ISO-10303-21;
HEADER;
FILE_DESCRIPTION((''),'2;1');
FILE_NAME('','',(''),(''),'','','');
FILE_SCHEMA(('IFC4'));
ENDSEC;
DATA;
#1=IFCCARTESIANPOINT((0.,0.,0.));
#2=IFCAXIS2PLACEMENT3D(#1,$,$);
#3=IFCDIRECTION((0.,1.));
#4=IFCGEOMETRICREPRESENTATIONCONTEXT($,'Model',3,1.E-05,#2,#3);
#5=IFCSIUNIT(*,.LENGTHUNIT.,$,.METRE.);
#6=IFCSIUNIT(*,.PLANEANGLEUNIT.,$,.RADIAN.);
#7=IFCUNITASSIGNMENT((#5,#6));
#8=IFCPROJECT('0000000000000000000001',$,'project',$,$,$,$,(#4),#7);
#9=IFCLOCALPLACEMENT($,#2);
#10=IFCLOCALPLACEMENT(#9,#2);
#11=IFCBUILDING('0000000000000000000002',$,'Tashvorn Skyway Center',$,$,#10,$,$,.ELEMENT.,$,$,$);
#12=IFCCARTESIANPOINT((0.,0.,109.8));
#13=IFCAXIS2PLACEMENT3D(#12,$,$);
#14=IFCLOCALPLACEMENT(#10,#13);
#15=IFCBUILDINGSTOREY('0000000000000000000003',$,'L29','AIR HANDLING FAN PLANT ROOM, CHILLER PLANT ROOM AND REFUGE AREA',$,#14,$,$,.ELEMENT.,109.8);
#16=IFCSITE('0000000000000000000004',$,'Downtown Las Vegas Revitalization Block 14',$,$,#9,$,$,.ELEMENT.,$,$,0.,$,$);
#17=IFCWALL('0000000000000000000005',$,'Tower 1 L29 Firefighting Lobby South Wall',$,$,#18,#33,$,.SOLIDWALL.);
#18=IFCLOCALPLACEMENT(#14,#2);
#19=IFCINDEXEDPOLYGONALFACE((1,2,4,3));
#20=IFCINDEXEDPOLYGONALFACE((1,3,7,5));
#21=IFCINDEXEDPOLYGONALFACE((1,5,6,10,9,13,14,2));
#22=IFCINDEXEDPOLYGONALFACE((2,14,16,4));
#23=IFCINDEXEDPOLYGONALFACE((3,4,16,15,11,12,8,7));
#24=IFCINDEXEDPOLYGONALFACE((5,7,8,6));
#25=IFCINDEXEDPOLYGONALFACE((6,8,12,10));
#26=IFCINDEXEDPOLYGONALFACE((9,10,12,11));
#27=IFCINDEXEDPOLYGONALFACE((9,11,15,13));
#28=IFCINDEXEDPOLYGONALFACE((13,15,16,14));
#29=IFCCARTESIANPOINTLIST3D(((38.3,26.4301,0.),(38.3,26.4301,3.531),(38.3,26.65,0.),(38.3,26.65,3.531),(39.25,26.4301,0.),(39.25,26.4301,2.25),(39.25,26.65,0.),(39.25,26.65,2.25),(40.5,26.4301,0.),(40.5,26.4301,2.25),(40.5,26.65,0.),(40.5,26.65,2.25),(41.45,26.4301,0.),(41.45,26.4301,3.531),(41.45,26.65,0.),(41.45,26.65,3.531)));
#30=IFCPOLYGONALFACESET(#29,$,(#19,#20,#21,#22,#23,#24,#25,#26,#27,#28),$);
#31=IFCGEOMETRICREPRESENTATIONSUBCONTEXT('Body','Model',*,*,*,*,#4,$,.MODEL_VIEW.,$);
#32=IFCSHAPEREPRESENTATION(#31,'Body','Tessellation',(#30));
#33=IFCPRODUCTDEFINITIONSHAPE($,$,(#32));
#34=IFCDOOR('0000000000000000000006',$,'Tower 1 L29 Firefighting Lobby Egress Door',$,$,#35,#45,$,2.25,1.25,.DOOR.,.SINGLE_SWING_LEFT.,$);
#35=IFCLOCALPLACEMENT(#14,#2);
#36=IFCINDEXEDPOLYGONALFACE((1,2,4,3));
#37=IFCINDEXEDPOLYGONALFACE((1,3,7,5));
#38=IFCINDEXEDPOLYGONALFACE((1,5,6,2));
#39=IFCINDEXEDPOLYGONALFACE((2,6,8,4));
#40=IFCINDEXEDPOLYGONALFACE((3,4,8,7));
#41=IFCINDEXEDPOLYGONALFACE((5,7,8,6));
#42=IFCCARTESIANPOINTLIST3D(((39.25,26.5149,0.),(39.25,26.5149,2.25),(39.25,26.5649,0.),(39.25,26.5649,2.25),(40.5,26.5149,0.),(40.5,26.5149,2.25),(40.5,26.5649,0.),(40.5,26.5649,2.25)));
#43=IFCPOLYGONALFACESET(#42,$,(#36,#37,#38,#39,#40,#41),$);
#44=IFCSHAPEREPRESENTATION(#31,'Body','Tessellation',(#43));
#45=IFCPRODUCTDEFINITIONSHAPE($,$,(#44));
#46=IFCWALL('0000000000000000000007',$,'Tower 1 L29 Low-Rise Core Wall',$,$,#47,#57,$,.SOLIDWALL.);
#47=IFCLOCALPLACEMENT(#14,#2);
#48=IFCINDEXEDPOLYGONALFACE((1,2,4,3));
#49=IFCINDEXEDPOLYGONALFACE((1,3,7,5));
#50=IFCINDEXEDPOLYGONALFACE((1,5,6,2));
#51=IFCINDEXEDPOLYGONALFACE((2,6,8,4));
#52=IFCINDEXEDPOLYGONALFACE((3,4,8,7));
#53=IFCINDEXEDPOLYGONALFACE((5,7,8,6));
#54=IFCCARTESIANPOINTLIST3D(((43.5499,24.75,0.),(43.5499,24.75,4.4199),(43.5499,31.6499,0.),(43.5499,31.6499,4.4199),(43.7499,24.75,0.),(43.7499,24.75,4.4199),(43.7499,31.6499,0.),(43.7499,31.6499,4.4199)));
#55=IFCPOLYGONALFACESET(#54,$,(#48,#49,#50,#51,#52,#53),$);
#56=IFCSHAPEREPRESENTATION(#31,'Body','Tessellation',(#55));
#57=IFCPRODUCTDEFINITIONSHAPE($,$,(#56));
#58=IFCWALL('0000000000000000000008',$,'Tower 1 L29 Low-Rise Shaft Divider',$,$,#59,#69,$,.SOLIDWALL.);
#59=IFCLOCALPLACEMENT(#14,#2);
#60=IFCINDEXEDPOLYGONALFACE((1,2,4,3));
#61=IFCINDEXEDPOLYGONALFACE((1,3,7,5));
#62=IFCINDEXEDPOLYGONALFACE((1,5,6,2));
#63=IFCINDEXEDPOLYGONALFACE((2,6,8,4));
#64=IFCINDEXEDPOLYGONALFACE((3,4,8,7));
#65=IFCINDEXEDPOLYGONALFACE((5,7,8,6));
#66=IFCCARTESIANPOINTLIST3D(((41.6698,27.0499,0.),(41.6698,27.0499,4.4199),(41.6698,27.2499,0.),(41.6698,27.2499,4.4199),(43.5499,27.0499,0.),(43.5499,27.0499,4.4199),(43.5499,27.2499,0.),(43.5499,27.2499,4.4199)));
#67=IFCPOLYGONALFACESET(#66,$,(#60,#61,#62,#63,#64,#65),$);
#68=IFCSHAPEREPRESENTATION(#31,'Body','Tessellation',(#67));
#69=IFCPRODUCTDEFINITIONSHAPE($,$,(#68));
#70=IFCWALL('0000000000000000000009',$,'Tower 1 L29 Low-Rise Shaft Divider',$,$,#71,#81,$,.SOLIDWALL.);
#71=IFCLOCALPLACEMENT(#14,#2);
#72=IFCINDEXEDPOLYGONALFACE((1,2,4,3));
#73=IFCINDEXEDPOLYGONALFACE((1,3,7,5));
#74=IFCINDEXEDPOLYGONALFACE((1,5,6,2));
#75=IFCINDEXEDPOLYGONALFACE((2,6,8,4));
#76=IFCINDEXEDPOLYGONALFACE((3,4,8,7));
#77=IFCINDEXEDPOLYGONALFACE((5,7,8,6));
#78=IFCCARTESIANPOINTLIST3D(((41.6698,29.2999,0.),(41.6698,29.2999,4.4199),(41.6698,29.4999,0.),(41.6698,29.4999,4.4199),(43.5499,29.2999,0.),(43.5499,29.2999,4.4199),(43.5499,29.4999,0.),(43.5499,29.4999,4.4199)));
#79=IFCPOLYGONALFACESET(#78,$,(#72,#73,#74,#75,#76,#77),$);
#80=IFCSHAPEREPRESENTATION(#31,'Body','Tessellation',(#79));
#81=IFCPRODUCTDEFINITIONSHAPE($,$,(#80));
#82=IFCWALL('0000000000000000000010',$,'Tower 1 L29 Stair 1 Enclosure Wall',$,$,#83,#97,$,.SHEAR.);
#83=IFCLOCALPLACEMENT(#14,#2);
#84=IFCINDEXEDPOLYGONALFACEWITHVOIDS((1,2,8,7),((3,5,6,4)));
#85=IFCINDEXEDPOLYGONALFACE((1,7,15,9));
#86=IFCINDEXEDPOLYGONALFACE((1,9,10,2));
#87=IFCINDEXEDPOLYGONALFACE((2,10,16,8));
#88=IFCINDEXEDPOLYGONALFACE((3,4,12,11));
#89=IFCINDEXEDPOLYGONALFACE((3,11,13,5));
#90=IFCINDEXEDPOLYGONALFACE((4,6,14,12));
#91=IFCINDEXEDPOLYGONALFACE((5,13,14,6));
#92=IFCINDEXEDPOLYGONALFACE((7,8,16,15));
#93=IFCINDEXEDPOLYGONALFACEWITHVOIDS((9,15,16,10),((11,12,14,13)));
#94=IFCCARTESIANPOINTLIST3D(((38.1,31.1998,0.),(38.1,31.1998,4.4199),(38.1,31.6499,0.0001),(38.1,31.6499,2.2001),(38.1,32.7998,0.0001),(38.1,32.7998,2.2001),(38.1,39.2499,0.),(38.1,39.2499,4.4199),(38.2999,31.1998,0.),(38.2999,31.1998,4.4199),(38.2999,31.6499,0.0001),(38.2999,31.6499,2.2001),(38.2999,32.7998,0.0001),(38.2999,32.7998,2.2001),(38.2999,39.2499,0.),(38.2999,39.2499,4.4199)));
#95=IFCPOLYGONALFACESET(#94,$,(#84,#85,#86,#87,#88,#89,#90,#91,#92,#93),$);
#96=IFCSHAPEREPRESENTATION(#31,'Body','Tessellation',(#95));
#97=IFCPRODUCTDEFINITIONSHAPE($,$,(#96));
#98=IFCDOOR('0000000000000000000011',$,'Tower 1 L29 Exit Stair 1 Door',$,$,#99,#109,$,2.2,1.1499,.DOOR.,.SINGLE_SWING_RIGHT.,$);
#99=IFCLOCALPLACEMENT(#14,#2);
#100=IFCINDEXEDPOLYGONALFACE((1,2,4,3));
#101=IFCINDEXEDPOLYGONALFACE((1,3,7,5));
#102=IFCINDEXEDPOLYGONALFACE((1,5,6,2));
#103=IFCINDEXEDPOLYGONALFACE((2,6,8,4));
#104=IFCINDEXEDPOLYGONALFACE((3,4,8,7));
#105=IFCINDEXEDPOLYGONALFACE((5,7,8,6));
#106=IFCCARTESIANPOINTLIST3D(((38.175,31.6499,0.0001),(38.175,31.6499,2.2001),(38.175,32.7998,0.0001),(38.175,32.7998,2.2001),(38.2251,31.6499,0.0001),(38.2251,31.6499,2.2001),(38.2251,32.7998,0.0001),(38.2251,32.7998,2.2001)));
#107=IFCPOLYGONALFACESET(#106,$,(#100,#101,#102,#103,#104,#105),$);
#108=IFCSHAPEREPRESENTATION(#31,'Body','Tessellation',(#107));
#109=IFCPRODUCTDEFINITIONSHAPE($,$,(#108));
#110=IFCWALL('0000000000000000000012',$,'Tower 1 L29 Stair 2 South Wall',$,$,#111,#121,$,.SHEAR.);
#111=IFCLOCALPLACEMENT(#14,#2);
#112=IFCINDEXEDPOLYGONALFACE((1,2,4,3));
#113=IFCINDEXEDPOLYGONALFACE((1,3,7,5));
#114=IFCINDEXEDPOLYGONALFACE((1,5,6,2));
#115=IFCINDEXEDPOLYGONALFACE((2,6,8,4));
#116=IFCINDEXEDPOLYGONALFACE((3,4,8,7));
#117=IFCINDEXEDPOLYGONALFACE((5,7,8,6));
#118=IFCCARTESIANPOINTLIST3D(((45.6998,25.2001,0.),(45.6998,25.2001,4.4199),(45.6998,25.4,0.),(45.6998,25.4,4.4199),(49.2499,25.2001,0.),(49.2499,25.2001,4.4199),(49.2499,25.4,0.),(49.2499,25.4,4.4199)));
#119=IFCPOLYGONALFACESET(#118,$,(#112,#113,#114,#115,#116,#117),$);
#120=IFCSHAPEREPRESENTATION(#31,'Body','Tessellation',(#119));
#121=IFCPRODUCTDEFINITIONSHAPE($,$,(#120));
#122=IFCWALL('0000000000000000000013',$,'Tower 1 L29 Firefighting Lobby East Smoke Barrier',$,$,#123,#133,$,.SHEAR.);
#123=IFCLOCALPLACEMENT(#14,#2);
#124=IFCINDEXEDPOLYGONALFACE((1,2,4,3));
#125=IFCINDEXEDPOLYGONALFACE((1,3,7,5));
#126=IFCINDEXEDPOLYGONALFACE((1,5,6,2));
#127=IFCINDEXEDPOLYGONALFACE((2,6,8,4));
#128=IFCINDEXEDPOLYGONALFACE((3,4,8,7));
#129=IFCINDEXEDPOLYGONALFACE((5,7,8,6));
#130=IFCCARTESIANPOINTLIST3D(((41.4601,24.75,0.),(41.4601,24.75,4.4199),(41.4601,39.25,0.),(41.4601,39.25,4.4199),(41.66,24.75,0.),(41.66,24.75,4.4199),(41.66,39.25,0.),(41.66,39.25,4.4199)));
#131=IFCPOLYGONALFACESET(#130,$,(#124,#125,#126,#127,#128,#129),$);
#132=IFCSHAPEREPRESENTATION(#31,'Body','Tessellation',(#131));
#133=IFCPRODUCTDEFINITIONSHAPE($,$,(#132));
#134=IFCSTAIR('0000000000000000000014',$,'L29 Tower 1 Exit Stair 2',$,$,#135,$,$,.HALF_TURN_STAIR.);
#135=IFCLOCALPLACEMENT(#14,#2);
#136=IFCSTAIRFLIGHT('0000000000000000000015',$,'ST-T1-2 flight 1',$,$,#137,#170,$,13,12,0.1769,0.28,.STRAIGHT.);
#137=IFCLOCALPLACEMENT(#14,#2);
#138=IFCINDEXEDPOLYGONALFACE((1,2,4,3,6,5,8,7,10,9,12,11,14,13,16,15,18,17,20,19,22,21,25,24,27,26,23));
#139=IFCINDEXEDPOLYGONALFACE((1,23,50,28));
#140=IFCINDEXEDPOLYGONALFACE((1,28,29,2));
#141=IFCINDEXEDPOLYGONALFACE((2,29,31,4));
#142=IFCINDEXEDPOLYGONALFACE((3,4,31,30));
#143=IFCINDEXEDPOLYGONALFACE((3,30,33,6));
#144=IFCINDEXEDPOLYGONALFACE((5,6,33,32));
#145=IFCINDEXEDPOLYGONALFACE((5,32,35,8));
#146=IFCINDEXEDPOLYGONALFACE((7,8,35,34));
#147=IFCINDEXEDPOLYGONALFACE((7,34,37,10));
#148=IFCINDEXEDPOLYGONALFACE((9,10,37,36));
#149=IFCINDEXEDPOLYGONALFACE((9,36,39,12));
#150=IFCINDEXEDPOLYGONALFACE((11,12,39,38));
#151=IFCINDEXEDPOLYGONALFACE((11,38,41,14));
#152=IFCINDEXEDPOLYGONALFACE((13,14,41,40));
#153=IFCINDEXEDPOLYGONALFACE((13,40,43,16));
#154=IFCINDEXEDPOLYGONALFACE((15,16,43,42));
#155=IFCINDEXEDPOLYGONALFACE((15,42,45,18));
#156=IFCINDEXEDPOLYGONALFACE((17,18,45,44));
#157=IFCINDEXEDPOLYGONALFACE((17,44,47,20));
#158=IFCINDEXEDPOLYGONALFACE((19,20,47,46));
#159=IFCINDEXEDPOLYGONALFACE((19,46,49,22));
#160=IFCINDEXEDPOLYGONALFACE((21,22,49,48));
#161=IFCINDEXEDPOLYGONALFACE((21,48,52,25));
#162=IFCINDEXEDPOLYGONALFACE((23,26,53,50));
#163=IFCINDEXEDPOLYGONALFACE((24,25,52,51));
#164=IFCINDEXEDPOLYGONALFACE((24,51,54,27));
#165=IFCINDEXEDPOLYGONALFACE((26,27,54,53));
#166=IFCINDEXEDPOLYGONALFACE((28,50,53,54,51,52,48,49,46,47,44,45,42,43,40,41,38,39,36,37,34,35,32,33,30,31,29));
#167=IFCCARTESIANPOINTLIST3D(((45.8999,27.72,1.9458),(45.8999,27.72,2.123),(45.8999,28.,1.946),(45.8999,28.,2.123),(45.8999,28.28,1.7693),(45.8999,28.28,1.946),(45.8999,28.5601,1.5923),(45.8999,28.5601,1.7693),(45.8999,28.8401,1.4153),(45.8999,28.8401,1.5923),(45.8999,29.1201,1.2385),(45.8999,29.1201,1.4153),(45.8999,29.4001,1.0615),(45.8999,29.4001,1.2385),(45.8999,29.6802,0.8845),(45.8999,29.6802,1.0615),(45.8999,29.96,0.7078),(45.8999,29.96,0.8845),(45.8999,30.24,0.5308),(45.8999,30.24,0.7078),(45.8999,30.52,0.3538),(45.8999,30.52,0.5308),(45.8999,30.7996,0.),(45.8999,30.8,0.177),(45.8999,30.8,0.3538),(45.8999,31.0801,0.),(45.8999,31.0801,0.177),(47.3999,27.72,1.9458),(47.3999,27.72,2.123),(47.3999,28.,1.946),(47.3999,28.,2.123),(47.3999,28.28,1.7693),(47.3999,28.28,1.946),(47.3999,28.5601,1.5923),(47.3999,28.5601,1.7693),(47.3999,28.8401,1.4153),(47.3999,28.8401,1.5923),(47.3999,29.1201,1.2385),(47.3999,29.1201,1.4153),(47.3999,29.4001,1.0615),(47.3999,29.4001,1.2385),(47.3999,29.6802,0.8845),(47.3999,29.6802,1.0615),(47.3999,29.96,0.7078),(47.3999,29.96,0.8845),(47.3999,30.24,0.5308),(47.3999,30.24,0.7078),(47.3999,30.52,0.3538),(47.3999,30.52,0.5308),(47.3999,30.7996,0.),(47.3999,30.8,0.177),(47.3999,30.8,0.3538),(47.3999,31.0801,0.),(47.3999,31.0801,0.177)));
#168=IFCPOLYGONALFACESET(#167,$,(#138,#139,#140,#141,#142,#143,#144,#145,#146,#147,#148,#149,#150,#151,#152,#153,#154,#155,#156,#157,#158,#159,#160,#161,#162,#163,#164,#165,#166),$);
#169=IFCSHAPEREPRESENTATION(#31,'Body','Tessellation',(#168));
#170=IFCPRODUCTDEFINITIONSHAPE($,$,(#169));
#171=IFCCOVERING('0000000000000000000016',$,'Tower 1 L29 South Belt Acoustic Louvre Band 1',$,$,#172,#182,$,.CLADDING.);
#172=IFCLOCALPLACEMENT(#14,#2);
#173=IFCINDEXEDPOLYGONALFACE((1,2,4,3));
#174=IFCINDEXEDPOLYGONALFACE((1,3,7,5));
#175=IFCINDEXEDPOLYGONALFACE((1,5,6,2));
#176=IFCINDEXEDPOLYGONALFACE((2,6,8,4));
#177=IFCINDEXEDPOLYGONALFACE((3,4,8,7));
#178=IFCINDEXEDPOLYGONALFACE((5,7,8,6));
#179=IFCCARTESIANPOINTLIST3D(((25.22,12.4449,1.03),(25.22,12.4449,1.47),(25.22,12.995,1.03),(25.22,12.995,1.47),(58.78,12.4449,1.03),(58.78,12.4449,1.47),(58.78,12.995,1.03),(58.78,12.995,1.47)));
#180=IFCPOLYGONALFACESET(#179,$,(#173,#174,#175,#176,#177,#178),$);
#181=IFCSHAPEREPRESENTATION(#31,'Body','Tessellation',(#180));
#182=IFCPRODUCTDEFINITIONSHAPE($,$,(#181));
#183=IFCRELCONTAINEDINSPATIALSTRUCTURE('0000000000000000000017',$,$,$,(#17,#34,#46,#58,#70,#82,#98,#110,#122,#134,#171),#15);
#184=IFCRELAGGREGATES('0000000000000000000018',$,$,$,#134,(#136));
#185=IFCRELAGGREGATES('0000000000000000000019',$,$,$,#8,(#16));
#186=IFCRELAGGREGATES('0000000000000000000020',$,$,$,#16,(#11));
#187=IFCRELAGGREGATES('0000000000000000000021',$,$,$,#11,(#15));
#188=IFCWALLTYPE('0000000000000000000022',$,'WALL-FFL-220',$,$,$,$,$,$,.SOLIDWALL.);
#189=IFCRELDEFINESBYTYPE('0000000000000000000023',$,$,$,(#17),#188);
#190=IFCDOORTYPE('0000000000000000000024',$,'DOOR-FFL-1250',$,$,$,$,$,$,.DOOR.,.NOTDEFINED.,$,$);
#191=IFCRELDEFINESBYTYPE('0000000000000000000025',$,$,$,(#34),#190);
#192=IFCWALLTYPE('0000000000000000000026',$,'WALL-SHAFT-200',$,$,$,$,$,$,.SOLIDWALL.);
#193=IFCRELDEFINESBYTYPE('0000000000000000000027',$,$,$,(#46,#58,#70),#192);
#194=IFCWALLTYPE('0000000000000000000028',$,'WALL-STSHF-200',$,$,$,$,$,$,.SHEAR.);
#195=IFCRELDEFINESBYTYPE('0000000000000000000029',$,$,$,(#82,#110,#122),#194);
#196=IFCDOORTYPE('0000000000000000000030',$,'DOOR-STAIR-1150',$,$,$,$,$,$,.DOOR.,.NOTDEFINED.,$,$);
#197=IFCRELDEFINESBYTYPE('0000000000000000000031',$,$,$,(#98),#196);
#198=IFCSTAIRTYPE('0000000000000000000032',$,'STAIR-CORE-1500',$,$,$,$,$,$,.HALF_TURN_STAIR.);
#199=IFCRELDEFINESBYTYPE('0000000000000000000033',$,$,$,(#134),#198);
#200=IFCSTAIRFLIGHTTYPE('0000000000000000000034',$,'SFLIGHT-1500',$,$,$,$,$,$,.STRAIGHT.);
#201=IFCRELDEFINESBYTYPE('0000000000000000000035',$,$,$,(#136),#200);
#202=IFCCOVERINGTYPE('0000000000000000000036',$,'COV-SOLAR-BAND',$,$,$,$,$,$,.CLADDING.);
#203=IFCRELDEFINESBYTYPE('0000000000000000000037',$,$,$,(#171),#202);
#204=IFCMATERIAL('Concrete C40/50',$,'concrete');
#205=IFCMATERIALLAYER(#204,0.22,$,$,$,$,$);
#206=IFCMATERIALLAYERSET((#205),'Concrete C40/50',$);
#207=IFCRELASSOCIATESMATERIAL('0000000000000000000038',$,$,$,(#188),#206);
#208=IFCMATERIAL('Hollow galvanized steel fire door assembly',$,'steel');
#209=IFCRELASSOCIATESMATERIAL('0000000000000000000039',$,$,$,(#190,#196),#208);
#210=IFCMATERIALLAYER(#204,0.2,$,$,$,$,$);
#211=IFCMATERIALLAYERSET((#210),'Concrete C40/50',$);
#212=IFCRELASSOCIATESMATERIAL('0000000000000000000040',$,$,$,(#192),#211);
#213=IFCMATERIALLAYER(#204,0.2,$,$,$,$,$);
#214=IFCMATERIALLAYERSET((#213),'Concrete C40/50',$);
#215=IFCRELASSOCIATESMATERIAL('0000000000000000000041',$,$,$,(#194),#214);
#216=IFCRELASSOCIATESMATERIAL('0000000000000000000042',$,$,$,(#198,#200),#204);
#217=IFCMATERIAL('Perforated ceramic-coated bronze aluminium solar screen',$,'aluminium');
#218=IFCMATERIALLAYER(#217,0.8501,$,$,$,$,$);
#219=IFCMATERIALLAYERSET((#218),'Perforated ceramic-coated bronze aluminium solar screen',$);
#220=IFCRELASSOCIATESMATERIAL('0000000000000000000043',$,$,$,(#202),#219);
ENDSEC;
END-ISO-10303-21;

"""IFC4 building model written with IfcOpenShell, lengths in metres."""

from ifc_helpers import new_model, si_unit, direction, frame, frame_2d, origin, origin_2d, place, context, subcontext, project, spatial, polyline, rectangle, outline, extrude, material, layer, layer_set, type_object, element, fill, aggregate, save


model = new_model("IFC4")

# Units and contexts
model_context = context("Model", 3, precision=1e-05, world=origin(), true_north=direction((0.0, 1.0)))
body_context = subcontext(model_context, "Body", "Model", "MODEL_VIEW")
ifc_project = project(units=[si_unit("LENGTHUNIT", "METRE"), si_unit("PLANEANGLEUNIT", "RADIAN")], contexts=[model_context])

# Site, building, storey
site_placement = place(None, origin())
site = spatial("IfcSite", under=ifc_project, at=site_placement, Name="Downtown Las Vegas Revitalization Block 14", CompositionType="ELEMENT", RefElevation=0.0)
building_placement = place(site_placement, origin())
building = spatial("IfcBuilding", under=site, at=building_placement, Name="Tashvorn Skyway Center", CompositionType="ELEMENT")
storey_placement = place(building_placement, frame((0.0, 0.0, 109.8)))
storey = spatial("IfcBuildingStorey", under=building, at=storey_placement, Name="L29", Description="AIR HANDLING FAN PLANT ROOM, CHILLER PLANT ROOM AND REFUGE AREA", CompositionType="ELEMENT", Elevation=109.8)

# Wall, opening, door
ifc_material_1 = material(Name="Concrete C40/50", Category="concrete")
ifc_layer_1 = layer(ifc_material_1, 0.22)
ifc_layer_set_1 = layer_set([ifc_layer_1], Name="Concrete C40/50")
wall_type_1 = type_object("IfcWallType", Name="WALL-FFL-220", PredefinedType="SOLIDWALL", material=ifc_layer_set_1)
wall_1_placement = place(storey_placement, frame((38.3, 26.54, 0.0), z_axis=(0.0, 0.0, 1.0), x_axis=(1.0, 0.0, 0.0)))
wall_1 = element("IfcWall", 1, at=wall_1_placement, inside=storey, type_object=wall_type_1, Name="Tower 1 L29 Firefighting Lobby South Wall", PredefinedType="SOLIDWALL", context=body_context, shape_type="SweptSolid", body=[
    extrude(rectangle(XDim=3.1499, YDim=0.22, at=frame_2d((1.575, 0.0))), origin(), (0.0, 0.0, 1.0), 3.531),
])
opening_1_placement = place(wall_1_placement, frame((0.95, 0.0, 0.0)))
opening_1 = element("IfcOpeningElement", 2, at=opening_1_placement, cuts=wall_1, PredefinedType="OPENING", context=body_context, shape_type="SweptSolid", body=[
    extrude(rectangle(XDim=1.25, YDim=2.25, at=frame_2d((0.625, 1.125))), frame((0.0, 0.1199, 0.0), z_axis=(0.0, -1.0, 0.0), x_axis=(1.0, 0.0, 0.0)), (0.0, 0.0, 1.0), 0.24),
])
ifc_material_2 = material(Name="Hollow galvanized steel fire door assembly", Category="steel")
door_type_1 = type_object("IfcDoorType", Name="DOOR-FFL-1250", OperationType="NOTDEFINED", PredefinedType="DOOR", material=ifc_material_2)
door_1_placement = place(opening_1_placement, origin())
door_1 = element("IfcDoor", 3, at=door_1_placement, inside=storey, type_object=door_type_1, Name="Tower 1 L29 Firefighting Lobby Egress Door", OperationType="SINGLE_SWING_LEFT", OverallHeight=2.25, OverallWidth=1.25, PredefinedType="DOOR", context=body_context, shape_type="SweptSolid", body=[
    extrude(rectangle(XDim=1.25, YDim=2.25, at=frame_2d((0.625, 1.125))), frame((0.0, 0.0249, 0.0), z_axis=(0.0, -1.0, 0.0), x_axis=(1.0, 0.0, 0.0)), (0.0, 0.0, 1.0), 0.05),
])
fill(opening_1, door_1)

# Walls
ifc_layer_2 = layer(ifc_material_1, 0.2)
ifc_layer_set_2 = layer_set([ifc_layer_2], Name="Concrete C40/50")
wall_type_2 = type_object("IfcWallType", Name="WALL-SHAFT-200", PredefinedType="SOLIDWALL", material=ifc_layer_set_2)
wall_2_placement = place(storey_placement, frame((43.6499, 24.75, 0.0), z_axis=(0.0, 0.0, 1.0), x_axis=(0.0, 1.0, 0.0)))
element("IfcWall", 4, at=wall_2_placement, inside=storey, type_object=wall_type_2, Name="Tower 1 L29 Low-Rise Core Wall", PredefinedType="SOLIDWALL", context=body_context, shape_type="SweptSolid", body=[
    extrude(rectangle(XDim=6.8999, YDim=0.2, at=frame_2d((3.45, 0.0))), origin(), (0.0, 0.0, 1.0), 4.4199),
])
for number, where, z_axis, x_axis, name in (
    (5, (41.6699, 27.1499, 0.0), (0.0, 0.0, 1.0), (1.0, 0.0, 0.0), "Tower 1 L29 Low-Rise Shaft Divider"),
    (6, (41.6699, 29.3999, 0.0), (0.0, 0.0, 1.0), (1.0, 0.0, 0.0), "Tower 1 L29 Low-Rise Shaft Divider"),
):
    element("IfcWall", number, at=place(storey_placement, frame(where, z_axis=z_axis, x_axis=x_axis)), inside=storey, type_object=wall_type_2, Name=name, PredefinedType="SOLIDWALL", context=body_context, shape_type="SweptSolid", body=[
        extrude(rectangle(XDim=1.8801, YDim=0.2, at=frame_2d((0.9399, 0.0))), origin(), (0.0, 0.0, 1.0), 4.4199),
    ])

# Wall, opening, door
ifc_layer_3 = layer(ifc_material_1, 0.2)
ifc_layer_set_3 = layer_set([ifc_layer_3], Name="Concrete C40/50")
wall_type_3 = type_object("IfcWallType", Name="WALL-STSHF-200", PredefinedType="SHEAR", material=ifc_layer_set_3)
wall_3_placement = place(storey_placement, frame((38.2, 31.2, 0.0), z_axis=(0.0, 0.0, 1.0), x_axis=(0.0, 1.0, 0.0)))
wall_3 = element("IfcWall", 7, at=wall_3_placement, inside=storey, type_object=wall_type_3, Name="Tower 1 L29 Stair 1 Enclosure Wall", PredefinedType="SHEAR", context=body_context, shape_type="SweptSolid", body=[
    extrude(rectangle(XDim=8.05, YDim=0.2, at=frame_2d((4.0249, 0.0))), origin(), (0.0, 0.0, 1.0), 4.4199),
])
opening_2_placement = place(wall_3_placement, frame((0.45, 0.0, 0.0)))
opening_2 = element("IfcOpeningElement", 8, at=opening_2_placement, cuts=wall_3, PredefinedType="OPENING", context=body_context, shape_type="SweptSolid", body=[
    extrude(rectangle(XDim=1.1499, YDim=2.2, at=frame_2d((0.575, 1.1001))), frame((0.0, 0.1099, 0.0), z_axis=(0.0, -1.0, 0.0), x_axis=(1.0, 0.0, 0.0)), (0.0, 0.0, 1.0), 0.22),
])
door_type_2 = type_object("IfcDoorType", Name="DOOR-STAIR-1150", OperationType="NOTDEFINED", PredefinedType="DOOR", material=ifc_material_2)
door_2_placement = place(opening_2_placement, origin())
door_2 = element("IfcDoor", 9, at=door_2_placement, inside=storey, type_object=door_type_2, Name="Tower 1 L29 Exit Stair 1 Door", OperationType="SINGLE_SWING_RIGHT", OverallHeight=2.2, OverallWidth=1.1499, PredefinedType="DOOR", context=body_context, shape_type="SweptSolid", body=[
    extrude(rectangle(XDim=1.1499, YDim=2.2, at=frame_2d((0.575, 1.1001))), frame((0.0, 0.0249, 0.0), z_axis=(0.0, -1.0, 0.0), x_axis=(1.0, 0.0, 0.0)), (0.0, 0.0, 1.0), 0.05),
])
fill(opening_2, door_2)

# Walls
wall_4_placement = place(storey_placement, frame((45.7, 25.3, 0.0), z_axis=(0.0, 0.0, 1.0), x_axis=(1.0, 0.0, 0.0)))
element("IfcWall", 10, at=wall_4_placement, inside=storey, type_object=wall_type_3, Name="Tower 1 L29 Stair 2 South Wall", PredefinedType="SHEAR", context=body_context, shape_type="SweptSolid", body=[
    extrude(rectangle(XDim=3.55, YDim=0.2, at=frame_2d((1.7749, 0.0))), origin(), (0.0, 0.0, 1.0), 4.4199),
])
wall_5_placement = place(storey_placement, frame((41.5601, 24.75, 0.0), z_axis=(0.0, 0.0, 1.0), x_axis=(0.0, 1.0, 0.0)))
element("IfcWall", 11, at=wall_5_placement, inside=storey, type_object=wall_type_3, Name="Tower 1 L29 Firefighting Lobby East Smoke Barrier", PredefinedType="SHEAR", context=body_context, shape_type="SweptSolid", body=[
    extrude(rectangle(XDim=14.5, YDim=0.2, at=frame_2d((7.25, 0.0))), origin(), (0.0, 0.0, 1.0), 4.4199),
])

# Stair, stair flight
stair_type = type_object("IfcStairType", Name="STAIR-CORE-1500", PredefinedType="HALF_TURN_STAIR", material=ifc_material_1)
stair_placement = place(storey_placement, origin())
stair = element("IfcStair", 12, at=stair_placement, inside=storey, type_object=stair_type, Name="L29 Tower 1 Exit Stair 2", PredefinedType="HALF_TURN_STAIR")
stair_flight_type = type_object("IfcStairFlightType", Name="SFLIGHT-1500", PredefinedType="STRAIGHT", material=ifc_material_1)
stair_flight_placement = place(storey_placement, frame((46.6499, 31.0801, 0.0), z_axis=(0.0, 0.0, 1.0), x_axis=(0.0, -1.0, 0.0)))
stair_flight = element("IfcStairFlight", 13, at=stair_flight_placement, type_object=stair_flight_type, Name="ST-T1-2 flight 1", NumberOfRisers=13, NumberOfTreads=12, PredefinedType="STRAIGHT", RiserHeight=0.1769, TreadLength=0.28, context=body_context, shape_type="SweptSolid", body=[
    extrude(outline(polyline([(0.0, 0.0), (0.0, 0.177), (0.28, 0.177), (0.28, 0.3538), (0.5601, 0.3538), (0.5601, 0.5308), (0.8401, 0.5308), (0.8401, 0.7078), (1.1201, 0.7078), (1.1201, 0.8845), (1.3999, 0.8845), (1.3999, 1.0615), (1.6799, 1.0615), (1.6799, 1.2385), (1.96, 1.2385), (1.96, 1.4153), (2.24, 1.4153), (2.24, 1.5923), (2.52, 1.5923), (2.52, 1.7693), (2.8, 1.7693), (2.8, 1.946), (3.0801, 1.946), (3.0801, 2.123), (3.3601, 2.123), (3.3601, 2.3), (3.3601, 1.9458), (0.2805, 0.0), (0.0, 0.0)])), frame((0.0, 0.75, 0.0), z_axis=(0.0, -1.0, 0.0), x_axis=(1.0, 0.0, 0.0)), (0.0, 0.0, 1.0), 1.5),
])
aggregate(stair, [stair_flight])

# Covering
ifc_material_3 = material(Name="Perforated ceramic-coated bronze aluminium solar screen", Category="aluminium")
ifc_layer_4 = layer(ifc_material_3, 0.8501)
ifc_layer_set_4 = layer_set([ifc_layer_4], Name="Perforated ceramic-coated bronze aluminium solar screen")
covering_type = type_object("IfcCoveringType", Name="COV-SOLAR-BAND", PredefinedType="CLADDING", material=ifc_layer_set_4)
for number, where, z_axis, x_axis, name in (
    (14, (42.0, 12.72, 1.03), (0.0, 0.0, 1.0), (-1.0, 0.0, 0.0), "Tower 1 L29 South Belt Acoustic Louvre Band 1"),
):
    element("IfcCovering", number, at=place(storey_placement, frame(where, z_axis=z_axis, x_axis=x_axis)), inside=storey, type_object=covering_type, Name=name, PredefinedType="CLADDING", context=body_context, shape_type="SweptSolid", body=[
        extrude(rectangle(XDim=33.5601, YDim=0.55, at=origin_2d()), origin(), (0.0, 0.0, 1.0), 0.4399),
    ])

save(model, "model.ifc")
